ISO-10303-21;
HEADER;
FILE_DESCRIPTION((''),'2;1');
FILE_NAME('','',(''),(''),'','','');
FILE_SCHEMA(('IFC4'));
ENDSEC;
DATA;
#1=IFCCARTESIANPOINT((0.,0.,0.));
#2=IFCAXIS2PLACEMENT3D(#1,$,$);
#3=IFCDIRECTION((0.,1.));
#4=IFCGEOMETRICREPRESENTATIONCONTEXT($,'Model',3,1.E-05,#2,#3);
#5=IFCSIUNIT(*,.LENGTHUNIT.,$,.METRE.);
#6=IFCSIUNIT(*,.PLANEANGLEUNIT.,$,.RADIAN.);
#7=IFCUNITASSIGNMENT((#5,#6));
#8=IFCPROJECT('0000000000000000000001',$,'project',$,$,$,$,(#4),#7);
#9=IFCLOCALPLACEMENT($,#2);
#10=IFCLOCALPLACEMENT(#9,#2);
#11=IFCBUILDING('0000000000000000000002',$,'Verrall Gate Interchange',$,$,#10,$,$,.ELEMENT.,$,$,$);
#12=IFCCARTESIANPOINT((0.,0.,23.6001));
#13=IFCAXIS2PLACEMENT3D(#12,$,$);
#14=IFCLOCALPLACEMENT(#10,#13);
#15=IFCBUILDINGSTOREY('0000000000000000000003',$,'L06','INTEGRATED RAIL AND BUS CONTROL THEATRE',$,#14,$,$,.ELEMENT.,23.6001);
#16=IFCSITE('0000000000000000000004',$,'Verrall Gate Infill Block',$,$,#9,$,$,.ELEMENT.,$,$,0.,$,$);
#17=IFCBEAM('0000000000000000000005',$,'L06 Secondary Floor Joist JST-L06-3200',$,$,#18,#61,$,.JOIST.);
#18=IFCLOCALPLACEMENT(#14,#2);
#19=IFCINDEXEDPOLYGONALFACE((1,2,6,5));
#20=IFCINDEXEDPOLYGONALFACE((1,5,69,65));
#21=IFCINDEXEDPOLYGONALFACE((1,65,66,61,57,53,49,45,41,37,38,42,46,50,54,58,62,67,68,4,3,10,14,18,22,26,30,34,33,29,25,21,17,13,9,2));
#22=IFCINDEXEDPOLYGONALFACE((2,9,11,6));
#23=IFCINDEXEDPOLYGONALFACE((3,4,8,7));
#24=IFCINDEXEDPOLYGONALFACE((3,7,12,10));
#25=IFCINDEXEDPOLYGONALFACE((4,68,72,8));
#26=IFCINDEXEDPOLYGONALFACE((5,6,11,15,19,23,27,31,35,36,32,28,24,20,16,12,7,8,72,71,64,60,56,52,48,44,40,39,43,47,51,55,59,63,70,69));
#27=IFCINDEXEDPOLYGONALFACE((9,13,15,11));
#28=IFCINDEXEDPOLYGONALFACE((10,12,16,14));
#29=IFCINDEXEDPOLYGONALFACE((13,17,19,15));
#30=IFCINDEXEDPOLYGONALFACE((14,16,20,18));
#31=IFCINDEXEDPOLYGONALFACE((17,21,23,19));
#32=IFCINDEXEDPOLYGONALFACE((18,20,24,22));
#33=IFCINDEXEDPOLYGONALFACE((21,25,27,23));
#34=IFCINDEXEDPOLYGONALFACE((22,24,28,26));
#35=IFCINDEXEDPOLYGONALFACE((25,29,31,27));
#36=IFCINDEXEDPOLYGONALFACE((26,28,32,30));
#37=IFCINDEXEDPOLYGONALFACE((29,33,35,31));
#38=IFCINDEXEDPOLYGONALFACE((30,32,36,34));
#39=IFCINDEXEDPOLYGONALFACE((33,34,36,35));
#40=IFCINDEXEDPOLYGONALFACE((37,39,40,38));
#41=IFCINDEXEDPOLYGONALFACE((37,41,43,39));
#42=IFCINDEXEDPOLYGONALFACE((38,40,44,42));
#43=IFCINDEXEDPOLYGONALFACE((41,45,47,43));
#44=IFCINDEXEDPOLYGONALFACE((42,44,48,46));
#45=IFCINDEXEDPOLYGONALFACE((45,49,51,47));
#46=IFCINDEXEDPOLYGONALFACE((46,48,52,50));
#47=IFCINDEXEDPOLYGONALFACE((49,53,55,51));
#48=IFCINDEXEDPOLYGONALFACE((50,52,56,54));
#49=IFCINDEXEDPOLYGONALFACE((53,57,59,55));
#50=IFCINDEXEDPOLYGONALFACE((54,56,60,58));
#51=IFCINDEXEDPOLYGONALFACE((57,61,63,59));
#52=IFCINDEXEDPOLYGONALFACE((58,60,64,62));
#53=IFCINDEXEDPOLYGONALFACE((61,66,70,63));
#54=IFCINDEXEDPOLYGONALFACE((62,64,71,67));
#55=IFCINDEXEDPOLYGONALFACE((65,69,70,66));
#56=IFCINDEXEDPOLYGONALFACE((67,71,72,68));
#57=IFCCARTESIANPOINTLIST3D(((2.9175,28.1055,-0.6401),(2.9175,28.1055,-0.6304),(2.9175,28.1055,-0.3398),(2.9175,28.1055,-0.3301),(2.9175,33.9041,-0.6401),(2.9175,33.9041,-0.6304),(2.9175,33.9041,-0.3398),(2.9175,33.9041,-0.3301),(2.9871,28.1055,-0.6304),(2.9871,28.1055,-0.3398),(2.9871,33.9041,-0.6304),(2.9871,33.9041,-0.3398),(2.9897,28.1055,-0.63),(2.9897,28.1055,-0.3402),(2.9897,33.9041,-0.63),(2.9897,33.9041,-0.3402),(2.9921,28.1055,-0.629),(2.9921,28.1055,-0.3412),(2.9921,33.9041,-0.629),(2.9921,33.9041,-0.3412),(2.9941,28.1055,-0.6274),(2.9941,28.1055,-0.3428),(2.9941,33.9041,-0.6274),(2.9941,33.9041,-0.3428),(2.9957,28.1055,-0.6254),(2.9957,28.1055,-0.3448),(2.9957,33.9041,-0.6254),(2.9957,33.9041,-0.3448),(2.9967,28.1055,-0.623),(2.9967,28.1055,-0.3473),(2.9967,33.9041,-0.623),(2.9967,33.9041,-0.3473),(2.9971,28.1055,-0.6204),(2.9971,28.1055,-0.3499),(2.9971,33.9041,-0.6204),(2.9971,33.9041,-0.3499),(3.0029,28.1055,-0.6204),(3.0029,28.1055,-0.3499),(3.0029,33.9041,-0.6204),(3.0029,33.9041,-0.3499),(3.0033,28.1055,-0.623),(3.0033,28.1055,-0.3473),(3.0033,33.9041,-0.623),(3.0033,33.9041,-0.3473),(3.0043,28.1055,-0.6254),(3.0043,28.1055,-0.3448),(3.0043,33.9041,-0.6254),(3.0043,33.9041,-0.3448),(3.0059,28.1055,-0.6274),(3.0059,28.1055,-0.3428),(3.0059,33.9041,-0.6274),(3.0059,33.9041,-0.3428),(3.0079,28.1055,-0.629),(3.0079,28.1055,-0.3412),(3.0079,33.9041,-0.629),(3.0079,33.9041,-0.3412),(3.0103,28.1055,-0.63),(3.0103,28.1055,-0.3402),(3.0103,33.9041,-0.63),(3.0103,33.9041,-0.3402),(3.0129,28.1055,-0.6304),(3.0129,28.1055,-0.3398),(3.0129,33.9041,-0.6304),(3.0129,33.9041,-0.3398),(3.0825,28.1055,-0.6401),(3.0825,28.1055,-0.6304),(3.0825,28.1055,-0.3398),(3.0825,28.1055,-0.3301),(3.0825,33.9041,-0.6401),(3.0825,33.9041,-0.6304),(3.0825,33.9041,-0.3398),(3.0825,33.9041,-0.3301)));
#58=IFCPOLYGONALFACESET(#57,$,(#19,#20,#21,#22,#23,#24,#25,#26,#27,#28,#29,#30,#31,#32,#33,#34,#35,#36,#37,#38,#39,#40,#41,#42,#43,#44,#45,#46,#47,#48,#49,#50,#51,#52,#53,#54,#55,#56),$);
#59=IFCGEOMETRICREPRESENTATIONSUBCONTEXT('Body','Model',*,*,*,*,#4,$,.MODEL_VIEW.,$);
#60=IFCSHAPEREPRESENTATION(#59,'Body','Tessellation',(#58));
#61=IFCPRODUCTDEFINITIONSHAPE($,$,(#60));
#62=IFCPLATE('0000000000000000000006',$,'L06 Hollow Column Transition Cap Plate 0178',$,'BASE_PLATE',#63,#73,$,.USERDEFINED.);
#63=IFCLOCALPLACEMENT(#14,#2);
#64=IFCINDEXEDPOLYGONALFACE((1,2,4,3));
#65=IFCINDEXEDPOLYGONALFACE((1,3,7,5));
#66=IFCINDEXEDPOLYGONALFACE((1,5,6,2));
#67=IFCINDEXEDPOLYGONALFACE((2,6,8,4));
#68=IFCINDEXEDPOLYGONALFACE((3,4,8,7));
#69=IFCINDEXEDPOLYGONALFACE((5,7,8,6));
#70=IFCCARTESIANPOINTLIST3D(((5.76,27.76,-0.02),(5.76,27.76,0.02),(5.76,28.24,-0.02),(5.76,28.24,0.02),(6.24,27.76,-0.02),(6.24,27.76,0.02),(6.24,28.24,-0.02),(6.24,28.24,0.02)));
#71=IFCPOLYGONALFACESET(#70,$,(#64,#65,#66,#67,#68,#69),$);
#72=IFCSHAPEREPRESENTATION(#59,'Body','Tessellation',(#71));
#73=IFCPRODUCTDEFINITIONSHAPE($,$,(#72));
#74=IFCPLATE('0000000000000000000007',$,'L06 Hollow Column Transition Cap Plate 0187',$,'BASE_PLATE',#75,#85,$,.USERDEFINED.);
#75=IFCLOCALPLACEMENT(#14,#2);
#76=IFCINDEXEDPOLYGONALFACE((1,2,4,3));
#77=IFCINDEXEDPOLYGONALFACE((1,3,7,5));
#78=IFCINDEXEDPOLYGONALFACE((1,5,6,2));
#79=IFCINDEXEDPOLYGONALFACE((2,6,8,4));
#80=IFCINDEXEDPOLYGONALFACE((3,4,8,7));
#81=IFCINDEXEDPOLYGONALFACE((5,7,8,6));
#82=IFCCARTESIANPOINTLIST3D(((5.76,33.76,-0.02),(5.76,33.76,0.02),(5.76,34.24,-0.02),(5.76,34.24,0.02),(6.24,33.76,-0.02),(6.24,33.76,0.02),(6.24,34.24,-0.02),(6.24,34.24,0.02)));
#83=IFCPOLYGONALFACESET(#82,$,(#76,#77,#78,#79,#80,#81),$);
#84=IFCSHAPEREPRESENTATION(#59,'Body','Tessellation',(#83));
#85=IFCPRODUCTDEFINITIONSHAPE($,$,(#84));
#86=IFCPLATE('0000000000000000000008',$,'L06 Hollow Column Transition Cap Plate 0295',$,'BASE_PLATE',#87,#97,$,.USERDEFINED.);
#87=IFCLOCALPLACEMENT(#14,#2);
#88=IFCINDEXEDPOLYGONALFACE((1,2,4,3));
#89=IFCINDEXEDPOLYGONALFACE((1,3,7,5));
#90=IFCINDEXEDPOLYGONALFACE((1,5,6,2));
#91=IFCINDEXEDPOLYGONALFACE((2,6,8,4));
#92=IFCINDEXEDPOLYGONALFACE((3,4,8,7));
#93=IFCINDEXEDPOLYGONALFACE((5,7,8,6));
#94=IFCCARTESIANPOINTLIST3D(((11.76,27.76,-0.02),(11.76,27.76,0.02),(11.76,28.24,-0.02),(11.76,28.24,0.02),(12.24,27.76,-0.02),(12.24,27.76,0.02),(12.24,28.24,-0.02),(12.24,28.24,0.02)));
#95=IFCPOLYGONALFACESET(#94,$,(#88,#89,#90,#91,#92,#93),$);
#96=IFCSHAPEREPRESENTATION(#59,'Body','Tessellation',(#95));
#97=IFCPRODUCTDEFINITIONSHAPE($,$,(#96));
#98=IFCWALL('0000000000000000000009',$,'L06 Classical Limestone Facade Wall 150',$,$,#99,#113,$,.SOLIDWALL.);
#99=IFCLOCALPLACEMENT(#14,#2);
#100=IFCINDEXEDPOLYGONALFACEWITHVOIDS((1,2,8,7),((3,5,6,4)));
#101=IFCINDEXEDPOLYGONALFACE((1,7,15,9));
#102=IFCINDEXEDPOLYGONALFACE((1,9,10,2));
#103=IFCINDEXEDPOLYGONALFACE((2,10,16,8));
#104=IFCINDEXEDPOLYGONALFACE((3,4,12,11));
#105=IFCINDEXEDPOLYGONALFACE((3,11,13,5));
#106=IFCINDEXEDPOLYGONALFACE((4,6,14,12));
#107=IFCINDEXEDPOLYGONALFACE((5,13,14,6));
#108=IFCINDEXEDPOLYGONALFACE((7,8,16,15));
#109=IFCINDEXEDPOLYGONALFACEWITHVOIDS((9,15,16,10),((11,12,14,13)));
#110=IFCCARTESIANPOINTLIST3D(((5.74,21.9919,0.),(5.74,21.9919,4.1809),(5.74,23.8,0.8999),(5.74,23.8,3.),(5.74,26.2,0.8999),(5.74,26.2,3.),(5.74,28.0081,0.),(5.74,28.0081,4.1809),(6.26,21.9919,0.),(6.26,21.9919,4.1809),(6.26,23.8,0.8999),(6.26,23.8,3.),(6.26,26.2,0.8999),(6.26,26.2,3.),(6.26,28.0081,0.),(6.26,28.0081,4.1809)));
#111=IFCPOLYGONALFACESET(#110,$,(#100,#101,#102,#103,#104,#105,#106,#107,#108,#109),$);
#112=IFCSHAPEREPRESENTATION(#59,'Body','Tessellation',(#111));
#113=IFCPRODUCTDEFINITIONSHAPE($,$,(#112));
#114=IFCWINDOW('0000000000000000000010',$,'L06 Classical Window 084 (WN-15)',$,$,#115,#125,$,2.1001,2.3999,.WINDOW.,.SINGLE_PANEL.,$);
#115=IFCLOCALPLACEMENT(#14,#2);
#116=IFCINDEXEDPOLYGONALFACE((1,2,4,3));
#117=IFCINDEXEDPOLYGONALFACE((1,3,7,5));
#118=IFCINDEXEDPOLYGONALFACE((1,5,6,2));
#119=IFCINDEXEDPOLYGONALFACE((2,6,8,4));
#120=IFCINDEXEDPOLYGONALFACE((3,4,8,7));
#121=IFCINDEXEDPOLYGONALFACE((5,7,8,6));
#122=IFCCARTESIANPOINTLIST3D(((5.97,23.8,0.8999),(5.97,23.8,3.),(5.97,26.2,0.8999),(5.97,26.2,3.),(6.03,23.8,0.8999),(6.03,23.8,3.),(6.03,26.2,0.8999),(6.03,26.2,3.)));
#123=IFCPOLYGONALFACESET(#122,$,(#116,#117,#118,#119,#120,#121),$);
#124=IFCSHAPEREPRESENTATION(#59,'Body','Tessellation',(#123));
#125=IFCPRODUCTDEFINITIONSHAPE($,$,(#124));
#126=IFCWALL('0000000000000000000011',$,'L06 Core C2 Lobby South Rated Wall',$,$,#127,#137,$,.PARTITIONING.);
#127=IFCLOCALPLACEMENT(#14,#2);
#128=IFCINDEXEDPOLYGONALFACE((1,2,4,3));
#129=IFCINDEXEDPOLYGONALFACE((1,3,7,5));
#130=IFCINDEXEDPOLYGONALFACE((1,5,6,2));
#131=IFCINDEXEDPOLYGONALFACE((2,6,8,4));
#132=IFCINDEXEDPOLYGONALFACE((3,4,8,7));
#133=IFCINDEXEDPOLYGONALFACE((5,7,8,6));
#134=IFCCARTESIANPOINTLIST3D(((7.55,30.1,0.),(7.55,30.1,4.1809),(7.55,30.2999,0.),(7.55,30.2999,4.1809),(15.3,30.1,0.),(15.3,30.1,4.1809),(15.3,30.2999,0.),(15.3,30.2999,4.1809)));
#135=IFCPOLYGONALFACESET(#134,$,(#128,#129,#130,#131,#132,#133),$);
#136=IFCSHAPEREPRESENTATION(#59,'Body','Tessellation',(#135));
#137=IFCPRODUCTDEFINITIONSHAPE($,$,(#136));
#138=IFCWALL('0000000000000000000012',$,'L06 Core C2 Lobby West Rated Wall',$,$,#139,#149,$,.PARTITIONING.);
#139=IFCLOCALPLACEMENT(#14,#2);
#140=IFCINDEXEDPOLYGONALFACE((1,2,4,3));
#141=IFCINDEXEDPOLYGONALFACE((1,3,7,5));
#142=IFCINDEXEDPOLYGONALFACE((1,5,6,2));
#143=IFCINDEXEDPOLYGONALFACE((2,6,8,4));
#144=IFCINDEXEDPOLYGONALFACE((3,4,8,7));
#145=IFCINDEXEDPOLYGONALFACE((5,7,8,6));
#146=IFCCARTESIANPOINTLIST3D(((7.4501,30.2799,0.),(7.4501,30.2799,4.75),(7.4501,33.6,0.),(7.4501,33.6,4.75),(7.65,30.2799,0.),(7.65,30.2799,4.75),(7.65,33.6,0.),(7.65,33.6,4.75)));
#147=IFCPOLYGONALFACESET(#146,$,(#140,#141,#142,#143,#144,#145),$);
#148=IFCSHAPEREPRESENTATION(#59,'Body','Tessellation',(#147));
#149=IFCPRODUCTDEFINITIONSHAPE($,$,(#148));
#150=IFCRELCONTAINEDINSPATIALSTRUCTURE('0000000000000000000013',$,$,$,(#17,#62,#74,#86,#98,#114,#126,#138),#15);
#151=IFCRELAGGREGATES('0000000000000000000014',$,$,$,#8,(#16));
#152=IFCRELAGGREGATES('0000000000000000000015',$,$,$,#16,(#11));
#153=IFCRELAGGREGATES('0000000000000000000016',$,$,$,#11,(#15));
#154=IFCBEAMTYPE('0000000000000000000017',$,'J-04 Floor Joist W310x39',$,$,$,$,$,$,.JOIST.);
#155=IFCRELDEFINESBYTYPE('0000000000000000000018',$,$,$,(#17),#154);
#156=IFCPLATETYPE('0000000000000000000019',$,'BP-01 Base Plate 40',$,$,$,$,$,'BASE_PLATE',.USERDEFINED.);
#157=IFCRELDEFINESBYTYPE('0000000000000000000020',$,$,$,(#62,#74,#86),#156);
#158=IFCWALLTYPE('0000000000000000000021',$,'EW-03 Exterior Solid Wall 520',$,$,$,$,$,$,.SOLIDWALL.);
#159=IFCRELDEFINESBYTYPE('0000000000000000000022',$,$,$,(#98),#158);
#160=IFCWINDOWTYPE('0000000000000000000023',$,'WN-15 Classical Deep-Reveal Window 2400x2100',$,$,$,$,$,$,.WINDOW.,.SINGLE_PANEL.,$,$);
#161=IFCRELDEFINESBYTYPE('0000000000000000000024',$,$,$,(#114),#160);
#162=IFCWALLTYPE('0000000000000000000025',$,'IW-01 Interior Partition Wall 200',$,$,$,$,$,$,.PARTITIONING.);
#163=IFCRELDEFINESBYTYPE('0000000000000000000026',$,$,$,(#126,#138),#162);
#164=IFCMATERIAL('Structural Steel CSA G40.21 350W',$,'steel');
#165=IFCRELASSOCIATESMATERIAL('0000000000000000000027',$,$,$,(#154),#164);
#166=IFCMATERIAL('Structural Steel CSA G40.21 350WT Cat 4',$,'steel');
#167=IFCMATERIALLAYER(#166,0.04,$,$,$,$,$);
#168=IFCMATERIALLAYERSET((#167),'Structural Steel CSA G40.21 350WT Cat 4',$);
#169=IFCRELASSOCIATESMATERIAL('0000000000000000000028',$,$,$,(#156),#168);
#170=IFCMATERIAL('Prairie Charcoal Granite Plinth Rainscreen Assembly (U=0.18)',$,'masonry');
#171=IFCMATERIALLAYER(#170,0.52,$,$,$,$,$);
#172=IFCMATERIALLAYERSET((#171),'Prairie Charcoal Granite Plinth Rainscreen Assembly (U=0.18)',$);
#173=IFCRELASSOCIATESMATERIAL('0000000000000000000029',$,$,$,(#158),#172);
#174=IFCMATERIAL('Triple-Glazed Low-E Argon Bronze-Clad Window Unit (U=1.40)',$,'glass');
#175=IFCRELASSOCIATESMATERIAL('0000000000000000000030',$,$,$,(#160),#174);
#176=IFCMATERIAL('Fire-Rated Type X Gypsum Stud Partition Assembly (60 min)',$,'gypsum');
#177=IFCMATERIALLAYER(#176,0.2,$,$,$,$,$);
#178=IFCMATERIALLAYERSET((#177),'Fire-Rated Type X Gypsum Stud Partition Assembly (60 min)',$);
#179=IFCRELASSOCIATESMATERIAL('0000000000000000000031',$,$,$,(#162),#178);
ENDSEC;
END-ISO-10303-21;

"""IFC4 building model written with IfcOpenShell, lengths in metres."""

from ifc_helpers import new_model, si_unit, direction, frame, frame_2d, origin, origin_2d, place, context, subcontext, project, spatial, rectangle, i_section, extrude, material, layer, layer_set, material_profile, profile_set, type_object, element, fill, save


model = new_model("IFC4")

# Units and contexts
model_context = context("Model", 3, precision=1e-05, world=origin(), true_north=direction((0.0, 1.0)))
body_context = subcontext(model_context, "Body", "Model", "MODEL_VIEW")
ifc_project = project(units=[si_unit("LENGTHUNIT", "METRE"), si_unit("PLANEANGLEUNIT", "RADIAN")], contexts=[model_context])

# Site, building, storey
site_placement = place(None, origin())
site = spatial("IfcSite", under=ifc_project, at=site_placement, Name="Verrall Gate Infill Block", CompositionType="ELEMENT", RefElevation=0.0)
building_placement = place(site_placement, origin())
building = spatial("IfcBuilding", under=site, at=building_placement, Name="Verrall Gate Interchange", CompositionType="ELEMENT")
storey_placement = place(building_placement, frame((0.0, 0.0, 23.6001)))
storey = spatial("IfcBuildingStorey", under=building, at=storey_placement, Name="L06", Description="INTEGRATED RAIL AND BUS CONTROL THEATRE", CompositionType="ELEMENT", Elevation=23.6001)

# Beam
ifc_material_1 = material(Name="Structural Steel CSA G40.21 350W", Category="steel")
ifc_material_profile_1 = material_profile(ifc_material_1, i_section(OverallWidth=0.165, OverallDepth=0.3101, WebThickness=0.0059, FlangeThickness=0.0098, FilletRadius=0.01, at=origin_2d()), Name="W310x39")
ifc_profile_set_1 = profile_set([ifc_material_profile_1], Name="Structural Steel CSA G40.21 350W")
beam_type_1 = type_object("IfcBeamType", Name="J-04 Floor Joist W310x39", PredefinedType="JOIST", material=ifc_profile_set_1)
beam_1_placement = place(storey_placement, frame((3.0, 28.1055, -0.4851), z_axis=(0.0, 1.0, 0.0), x_axis=(-1.0, 0.0, 0.0)))
element("IfcBeam", 1, at=beam_1_placement, inside=storey, type_object=beam_type_1, Name="L06 Secondary Floor Joist JST-L06-3200", PredefinedType="JOIST", context=body_context, shape_type="SweptSolid", body=[
    extrude(i_section(OverallWidth=0.165, OverallDepth=0.3101, WebThickness=0.0059, FlangeThickness=0.0098, FilletRadius=0.01, at=origin_2d()), origin(), (0.0, 0.0, 1.0), 5.7986),
])

# Plates
ifc_material_2 = material(Name="Structural Steel CSA G40.21 350WT Cat 4", Category="steel")
ifc_layer_1 = layer(ifc_material_2, 0.04)
ifc_layer_set_1 = layer_set([ifc_layer_1], Name="Structural Steel CSA G40.21 350WT Cat 4")
plate_type = type_object("IfcPlateType", Name="BP-01 Base Plate 40", ElementType="BASE_PLATE", PredefinedType="USERDEFINED", material=ifc_layer_set_1)
for number, where, z_axis, x_axis, name in (
    (2, (6.0, 28.0, -0.02), (0.0, 0.0, 1.0), (1.0, 0.0, 0.0), "L06 Hollow Column Transition Cap Plate 0178"),
    (3, (6.0, 34.0, -0.02), (0.0, 0.0, 1.0), (1.0, 0.0, 0.0), "L06 Hollow Column Transition Cap Plate 0187"),
    (4, (12.0, 28.0, -0.02), (0.0, 0.0, 1.0), (1.0, 0.0, 0.0), "L06 Hollow Column Transition Cap Plate 0295"),
):
    element("IfcPlate", number, at=place(storey_placement, frame(where, z_axis=z_axis, x_axis=x_axis)), inside=storey, type_object=plate_type, Name=name, ObjectType="BASE_PLATE", PredefinedType="USERDEFINED", context=body_context, shape_type="SweptSolid", body=[
        extrude(rectangle(XDim=0.48, YDim=0.48, at=origin_2d()), origin(), (0.0, 0.0, 1.0), 0.04),
    ])

# Wall, opening, window
ifc_material_3 = material(Name="Prairie Charcoal Granite Plinth Rainscreen Assembly (U=0.18)", Category="masonry")
ifc_layer_2 = layer(ifc_material_3, 0.52)
ifc_layer_set_2 = layer_set([ifc_layer_2], Name="Prairie Charcoal Granite Plinth Rainscreen Assembly (U=0.18)")
wall_type_1 = type_object("IfcWallType", Name="EW-03 Exterior Solid Wall 520", PredefinedType="SOLIDWALL", material=ifc_layer_set_2)
wall_1_placement = place(storey_placement, frame((6.0, 28.0081, 0.0), z_axis=(0.0, 0.0, 1.0), x_axis=(0.0, -1.0, 0.0)))
wall_1 = element("IfcWall", 5, at=wall_1_placement, inside=storey, type_object=wall_type_1, Name="L06 Classical Limestone Facade Wall 150", PredefinedType="SOLIDWALL", context=body_context, shape_type="SweptSolid", body=[
    extrude(rectangle(XDim=6.0161, YDim=0.52, at=frame_2d((3.0081, 0.0))), origin(), (0.0, 0.0, 1.0), 4.1809),
])
opening_1_placement = place(wall_1_placement, frame((1.8081, 0.0, 0.8999)))
opening_1 = element("IfcOpeningElement", 6, at=opening_1_placement, cuts=wall_1, PredefinedType="OPENING", context=body_context, shape_type="SweptSolid", body=[
    extrude(rectangle(XDim=2.3999, YDim=2.1001, at=frame_2d((1.2, 1.05))), frame((0.0, 0.2749, 0.0), z_axis=(0.0, -1.0, 0.0), x_axis=(1.0, 0.0, 0.0)), (0.0, 0.0, 1.0), 0.5498),
])
ifc_material_4 = material(Name="Triple-Glazed Low-E Argon Bronze-Clad Window Unit (U=1.40)", Category="glass")
window_type = type_object("IfcWindowType", Name="WN-15 Classical Deep-Reveal Window 2400x2100", PartitioningType="SINGLE_PANEL", PredefinedType="WINDOW", material=ifc_material_4)
window_placement = place(opening_1_placement, origin())
window = element("IfcWindow", 7, at=window_placement, inside=storey, type_object=window_type, Name="L06 Classical Window 084 (WN-15)", OverallHeight=2.1001, OverallWidth=2.3999, PartitioningType="SINGLE_PANEL", PredefinedType="WINDOW", context=body_context, shape_type="SweptSolid", body=[
    extrude(rectangle(XDim=2.3999, YDim=2.1001, at=frame_2d((1.2, 1.05))), frame((0.0, 0.03, 0.0), z_axis=(0.0, -1.0, 0.0), x_axis=(1.0, 0.0, 0.0)), (0.0, 0.0, 1.0), 0.0601),
])
fill(opening_1, window)

# Walls
ifc_material_5 = material(Name="Fire-Rated Type X Gypsum Stud Partition Assembly (60 min)", Category="gypsum")
ifc_layer_3 = layer(ifc_material_5, 0.2)
ifc_layer_set_3 = layer_set([ifc_layer_3], Name="Fire-Rated Type X Gypsum Stud Partition Assembly (60 min)")
wall_type_2 = type_object("IfcWallType", Name="IW-01 Interior Partition Wall 200", PredefinedType="PARTITIONING", material=ifc_layer_set_3)
wall_2_placement = place(storey_placement, frame((7.55, 30.2, 0.0), z_axis=(0.0, 0.0, 1.0), x_axis=(1.0, 0.0, 0.0)))
element("IfcWall", 8, at=wall_2_placement, inside=storey, type_object=wall_type_2, Name="L06 Core C2 Lobby South Rated Wall", PredefinedType="PARTITIONING", context=body_context, shape_type="SweptSolid", body=[
    extrude(rectangle(XDim=7.75, YDim=0.2, at=frame_2d((3.875, 0.0))), origin(), (0.0, 0.0, 1.0), 4.1809),
])
wall_3_placement = place(storey_placement, frame((7.55, 33.6001, 0.0), z_axis=(0.0, 0.0, 1.0), x_axis=(0.0, -1.0, 0.0)))
element("IfcWall", 9, at=wall_3_placement, inside=storey, type_object=wall_type_2, Name="L06 Core C2 Lobby West Rated Wall", PredefinedType="PARTITIONING", context=body_context, shape_type="SweptSolid", body=[
    extrude(rectangle(XDim=3.3201, YDim=0.2, at=frame_2d((1.6602, 0.0))), origin(), (0.0, 0.0, 1.0), 4.75),
])

save(model, "model.ifc")
